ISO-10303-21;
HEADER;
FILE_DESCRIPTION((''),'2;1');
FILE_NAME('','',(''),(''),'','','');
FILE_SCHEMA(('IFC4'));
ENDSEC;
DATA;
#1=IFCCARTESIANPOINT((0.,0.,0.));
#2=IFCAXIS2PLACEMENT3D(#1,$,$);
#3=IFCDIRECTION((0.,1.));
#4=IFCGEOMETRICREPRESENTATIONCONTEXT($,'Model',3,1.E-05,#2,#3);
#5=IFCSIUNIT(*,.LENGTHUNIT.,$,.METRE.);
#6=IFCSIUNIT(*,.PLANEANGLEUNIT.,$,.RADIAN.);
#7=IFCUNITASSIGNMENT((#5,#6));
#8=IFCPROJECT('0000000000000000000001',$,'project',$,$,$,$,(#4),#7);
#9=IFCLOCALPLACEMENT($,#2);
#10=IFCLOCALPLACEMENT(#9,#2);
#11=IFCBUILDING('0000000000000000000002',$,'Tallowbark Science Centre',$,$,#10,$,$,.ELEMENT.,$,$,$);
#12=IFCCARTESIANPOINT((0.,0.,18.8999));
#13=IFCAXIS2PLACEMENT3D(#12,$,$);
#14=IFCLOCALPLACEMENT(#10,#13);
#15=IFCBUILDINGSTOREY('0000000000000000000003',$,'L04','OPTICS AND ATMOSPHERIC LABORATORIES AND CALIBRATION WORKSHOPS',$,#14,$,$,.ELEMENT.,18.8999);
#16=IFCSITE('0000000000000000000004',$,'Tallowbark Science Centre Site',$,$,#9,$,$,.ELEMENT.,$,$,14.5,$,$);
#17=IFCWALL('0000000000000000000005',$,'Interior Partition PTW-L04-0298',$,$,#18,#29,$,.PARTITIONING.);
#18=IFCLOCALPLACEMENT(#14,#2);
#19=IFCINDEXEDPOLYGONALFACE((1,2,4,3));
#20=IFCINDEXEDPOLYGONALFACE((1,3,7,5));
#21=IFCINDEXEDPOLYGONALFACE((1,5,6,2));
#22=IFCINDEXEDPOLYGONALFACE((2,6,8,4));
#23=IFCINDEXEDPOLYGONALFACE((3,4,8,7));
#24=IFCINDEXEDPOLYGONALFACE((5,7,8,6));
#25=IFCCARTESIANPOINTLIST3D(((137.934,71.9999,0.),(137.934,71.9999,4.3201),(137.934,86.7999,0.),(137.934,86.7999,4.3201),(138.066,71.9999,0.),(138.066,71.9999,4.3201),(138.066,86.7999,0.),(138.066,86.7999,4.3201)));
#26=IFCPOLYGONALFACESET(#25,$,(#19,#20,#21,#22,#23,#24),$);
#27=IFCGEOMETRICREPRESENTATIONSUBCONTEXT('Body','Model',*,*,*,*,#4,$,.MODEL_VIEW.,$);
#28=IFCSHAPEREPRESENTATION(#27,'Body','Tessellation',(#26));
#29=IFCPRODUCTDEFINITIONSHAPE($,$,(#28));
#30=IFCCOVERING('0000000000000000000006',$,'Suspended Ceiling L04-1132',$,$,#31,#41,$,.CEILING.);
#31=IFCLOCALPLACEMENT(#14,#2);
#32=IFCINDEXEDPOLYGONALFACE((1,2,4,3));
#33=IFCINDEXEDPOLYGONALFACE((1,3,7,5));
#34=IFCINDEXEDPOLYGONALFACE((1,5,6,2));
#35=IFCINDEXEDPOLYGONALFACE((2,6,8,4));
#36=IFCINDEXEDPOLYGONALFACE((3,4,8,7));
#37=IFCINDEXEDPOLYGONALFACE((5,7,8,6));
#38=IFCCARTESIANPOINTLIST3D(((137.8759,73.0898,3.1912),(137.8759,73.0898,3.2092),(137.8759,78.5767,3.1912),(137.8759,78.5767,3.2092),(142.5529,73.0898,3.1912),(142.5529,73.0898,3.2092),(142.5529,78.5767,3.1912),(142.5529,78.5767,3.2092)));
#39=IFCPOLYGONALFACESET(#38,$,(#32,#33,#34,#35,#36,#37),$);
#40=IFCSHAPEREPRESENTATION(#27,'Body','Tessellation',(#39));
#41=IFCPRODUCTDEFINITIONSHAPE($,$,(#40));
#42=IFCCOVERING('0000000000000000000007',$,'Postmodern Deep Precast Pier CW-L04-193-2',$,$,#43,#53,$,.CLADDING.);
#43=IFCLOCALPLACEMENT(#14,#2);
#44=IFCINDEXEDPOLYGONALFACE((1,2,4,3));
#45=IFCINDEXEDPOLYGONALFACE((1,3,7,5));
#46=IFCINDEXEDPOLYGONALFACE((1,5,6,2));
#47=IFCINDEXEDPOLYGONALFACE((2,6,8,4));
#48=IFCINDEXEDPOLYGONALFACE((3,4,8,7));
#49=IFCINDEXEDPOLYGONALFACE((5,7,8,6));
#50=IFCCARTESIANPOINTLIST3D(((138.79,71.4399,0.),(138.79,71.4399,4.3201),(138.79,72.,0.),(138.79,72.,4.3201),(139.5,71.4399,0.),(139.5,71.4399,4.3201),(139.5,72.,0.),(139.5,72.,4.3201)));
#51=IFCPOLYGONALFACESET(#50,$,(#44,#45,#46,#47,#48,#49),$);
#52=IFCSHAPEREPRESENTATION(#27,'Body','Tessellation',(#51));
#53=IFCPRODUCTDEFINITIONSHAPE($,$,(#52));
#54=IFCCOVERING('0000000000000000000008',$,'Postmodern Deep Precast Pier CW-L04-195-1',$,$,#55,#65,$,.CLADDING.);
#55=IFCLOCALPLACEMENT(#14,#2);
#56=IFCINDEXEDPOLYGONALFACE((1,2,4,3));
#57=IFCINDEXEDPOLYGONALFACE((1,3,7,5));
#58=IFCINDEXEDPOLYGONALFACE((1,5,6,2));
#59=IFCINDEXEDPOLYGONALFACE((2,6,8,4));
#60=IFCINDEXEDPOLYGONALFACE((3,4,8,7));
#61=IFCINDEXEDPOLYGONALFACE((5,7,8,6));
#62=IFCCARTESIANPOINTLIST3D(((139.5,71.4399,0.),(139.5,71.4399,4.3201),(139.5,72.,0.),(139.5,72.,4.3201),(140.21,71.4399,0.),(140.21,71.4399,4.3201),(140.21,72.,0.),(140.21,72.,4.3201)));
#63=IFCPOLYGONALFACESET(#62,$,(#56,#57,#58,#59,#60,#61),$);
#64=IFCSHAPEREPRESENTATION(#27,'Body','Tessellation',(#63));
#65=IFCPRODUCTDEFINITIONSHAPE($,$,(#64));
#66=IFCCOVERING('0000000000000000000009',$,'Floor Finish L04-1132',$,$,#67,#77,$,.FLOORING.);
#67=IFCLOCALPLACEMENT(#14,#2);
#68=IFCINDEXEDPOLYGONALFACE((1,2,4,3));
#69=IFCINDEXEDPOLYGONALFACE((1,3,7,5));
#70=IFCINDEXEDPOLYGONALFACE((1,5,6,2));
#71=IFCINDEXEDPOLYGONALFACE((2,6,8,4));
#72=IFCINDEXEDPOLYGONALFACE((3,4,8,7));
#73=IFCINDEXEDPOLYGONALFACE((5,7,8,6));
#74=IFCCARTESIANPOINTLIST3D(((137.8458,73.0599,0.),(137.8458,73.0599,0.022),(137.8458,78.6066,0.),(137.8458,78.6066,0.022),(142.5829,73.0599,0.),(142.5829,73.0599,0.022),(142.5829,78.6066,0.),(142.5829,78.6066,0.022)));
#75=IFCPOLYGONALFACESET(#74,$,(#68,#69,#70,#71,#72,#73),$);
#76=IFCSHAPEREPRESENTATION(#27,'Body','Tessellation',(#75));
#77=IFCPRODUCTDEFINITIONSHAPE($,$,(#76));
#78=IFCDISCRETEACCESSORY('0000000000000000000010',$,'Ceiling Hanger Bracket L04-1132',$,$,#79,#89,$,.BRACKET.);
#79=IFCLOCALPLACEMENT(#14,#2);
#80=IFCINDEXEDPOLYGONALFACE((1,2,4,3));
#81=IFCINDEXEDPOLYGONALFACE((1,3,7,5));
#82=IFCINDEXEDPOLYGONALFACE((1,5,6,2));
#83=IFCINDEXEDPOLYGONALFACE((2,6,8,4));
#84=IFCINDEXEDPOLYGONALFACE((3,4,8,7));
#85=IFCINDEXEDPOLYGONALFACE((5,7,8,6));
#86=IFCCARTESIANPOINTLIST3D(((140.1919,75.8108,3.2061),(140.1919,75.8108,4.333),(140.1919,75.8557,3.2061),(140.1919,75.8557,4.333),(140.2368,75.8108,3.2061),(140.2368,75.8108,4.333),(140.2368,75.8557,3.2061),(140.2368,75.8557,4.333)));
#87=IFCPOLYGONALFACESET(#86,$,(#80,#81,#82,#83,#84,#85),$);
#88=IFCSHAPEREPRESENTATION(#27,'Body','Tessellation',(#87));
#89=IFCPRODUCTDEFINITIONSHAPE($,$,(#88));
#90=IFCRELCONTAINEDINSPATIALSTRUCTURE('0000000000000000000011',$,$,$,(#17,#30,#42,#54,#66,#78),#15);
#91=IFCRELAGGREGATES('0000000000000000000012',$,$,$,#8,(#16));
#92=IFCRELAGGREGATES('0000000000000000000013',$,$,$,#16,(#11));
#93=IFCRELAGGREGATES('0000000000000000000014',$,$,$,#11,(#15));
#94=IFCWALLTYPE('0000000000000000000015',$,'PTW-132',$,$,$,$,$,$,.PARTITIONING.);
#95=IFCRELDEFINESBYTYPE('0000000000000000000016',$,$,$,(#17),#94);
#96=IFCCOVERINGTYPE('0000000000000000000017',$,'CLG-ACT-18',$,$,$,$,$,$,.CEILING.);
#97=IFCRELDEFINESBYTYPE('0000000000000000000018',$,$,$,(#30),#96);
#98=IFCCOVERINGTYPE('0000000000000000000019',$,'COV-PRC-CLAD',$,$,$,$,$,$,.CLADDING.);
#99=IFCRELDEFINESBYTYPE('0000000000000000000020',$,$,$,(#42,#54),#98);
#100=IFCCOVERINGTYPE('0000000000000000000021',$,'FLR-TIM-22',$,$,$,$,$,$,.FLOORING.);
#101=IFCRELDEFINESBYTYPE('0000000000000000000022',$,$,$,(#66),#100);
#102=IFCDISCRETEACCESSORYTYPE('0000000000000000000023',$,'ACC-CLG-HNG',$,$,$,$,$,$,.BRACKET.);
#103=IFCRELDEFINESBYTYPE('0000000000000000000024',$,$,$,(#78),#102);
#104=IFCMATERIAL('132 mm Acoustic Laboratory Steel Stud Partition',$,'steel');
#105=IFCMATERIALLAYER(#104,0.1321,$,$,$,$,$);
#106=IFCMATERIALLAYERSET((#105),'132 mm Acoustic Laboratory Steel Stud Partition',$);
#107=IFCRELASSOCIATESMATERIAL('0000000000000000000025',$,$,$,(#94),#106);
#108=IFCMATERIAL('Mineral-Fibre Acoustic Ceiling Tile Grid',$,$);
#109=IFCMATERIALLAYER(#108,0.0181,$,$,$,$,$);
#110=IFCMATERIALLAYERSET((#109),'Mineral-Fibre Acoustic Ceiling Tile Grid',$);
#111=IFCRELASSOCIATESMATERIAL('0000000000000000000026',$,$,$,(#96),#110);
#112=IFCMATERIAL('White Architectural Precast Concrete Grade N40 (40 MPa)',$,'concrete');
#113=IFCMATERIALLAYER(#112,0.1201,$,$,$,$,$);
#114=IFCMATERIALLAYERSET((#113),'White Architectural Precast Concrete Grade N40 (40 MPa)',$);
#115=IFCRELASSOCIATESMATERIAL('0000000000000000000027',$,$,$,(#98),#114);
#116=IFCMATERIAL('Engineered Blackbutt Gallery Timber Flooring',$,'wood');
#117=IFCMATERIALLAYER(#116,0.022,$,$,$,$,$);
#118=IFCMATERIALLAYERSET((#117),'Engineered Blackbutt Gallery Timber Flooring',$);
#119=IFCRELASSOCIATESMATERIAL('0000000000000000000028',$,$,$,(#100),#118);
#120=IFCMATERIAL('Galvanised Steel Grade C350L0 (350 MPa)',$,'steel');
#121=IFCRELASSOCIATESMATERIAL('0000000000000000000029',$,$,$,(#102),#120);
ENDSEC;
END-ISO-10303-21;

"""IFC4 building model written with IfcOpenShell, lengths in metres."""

from ifc_helpers import new_model, si_unit, direction, frame, frame_2d, origin, origin_2d, place, context, subcontext, project, spatial, rectangle, extrude, material, layer, layer_set, type_object, element, save


model = new_model("IFC4")

# Units and contexts
model_context = context("Model", 3, precision=1e-05, world=origin(), true_north=direction((0.0, 1.0)))
body_context = subcontext(model_context, "Body", "Model", "MODEL_VIEW")
ifc_project = project(units=[si_unit("LENGTHUNIT", "METRE"), si_unit("PLANEANGLEUNIT", "RADIAN")], contexts=[model_context])

# Site, building, storey
site_placement = place(None, origin())
site = spatial("IfcSite", under=ifc_project, at=site_placement, Name="Tallowbark Science Centre Site", CompositionType="ELEMENT", RefElevation=14.5)
building_placement = place(site_placement, origin())
building = spatial("IfcBuilding", under=site, at=building_placement, Name="Tallowbark Science Centre", CompositionType="ELEMENT")
storey_placement = place(building_placement, frame((0.0, 0.0, 18.8999)))
storey = spatial("IfcBuildingStorey", under=building, at=storey_placement, Name="L04", Description="OPTICS AND ATMOSPHERIC LABORATORIES AND CALIBRATION WORKSHOPS", CompositionType="ELEMENT", Elevation=18.8999)

# Wall
ifc_material_1 = material(Name="132 mm Acoustic Laboratory Steel Stud Partition", Category="steel")
ifc_layer_1 = layer(ifc_material_1, 0.1321)
ifc_layer_set_1 = layer_set([ifc_layer_1], Name="132 mm Acoustic Laboratory Steel Stud Partition")
wall_type = type_object("IfcWallType", Name="PTW-132", PredefinedType="PARTITIONING", material=ifc_layer_set_1)
wall_placement = place(storey_placement, frame((138.0, 72.0, 0.0), z_axis=(0.0, 0.0, 1.0), x_axis=(0.0, 1.0, 0.0)))
element("IfcWall", 1, at=wall_placement, inside=storey, type_object=wall_type, Name="Interior Partition PTW-L04-0298", PredefinedType="PARTITIONING", context=body_context, shape_type="SweptSolid", body=[
    extrude(rectangle(XDim=14.8, YDim=0.1321, at=frame_2d((7.3999, 0.0))), origin(), (0.0, 0.0, 1.0), 4.3201),
])

# Coverings
ifc_material_2 = material(Name="Mineral-Fibre Acoustic Ceiling Tile Grid")
ifc_layer_2 = layer(ifc_material_2, 0.0181)
ifc_layer_set_2 = layer_set([ifc_layer_2], Name="Mineral-Fibre Acoustic Ceiling Tile Grid")
covering_type_1 = type_object("IfcCoveringType", Name="CLG-ACT-18", PredefinedType="CEILING", material=ifc_layer_set_2)
covering_1_placement = place(storey_placement, frame((140.2144, 75.8333, 3.1912), z_axis=(0.0, 0.0, 1.0), x_axis=(1.0, 0.0, 0.0)))
element("IfcCovering", 2, at=covering_1_placement, inside=storey, type_object=covering_type_1, Name="Suspended Ceiling L04-1132", PredefinedType="CEILING", context=body_context, shape_type="SweptSolid", body=[
    extrude(rectangle(XDim=4.677, YDim=5.4868, at=origin_2d()), origin(), (0.0, 0.0, 1.0), 0.0181),
])
ifc_material_3 = material(Name="White Architectural Precast Concrete Grade N40 (40 MPa)", Category="concrete")
ifc_layer_3 = layer(ifc_material_3, 0.1201)
ifc_layer_set_3 = layer_set([ifc_layer_3], Name="White Architectural Precast Concrete Grade N40 (40 MPa)")
covering_type_2 = type_object("IfcCoveringType", Name="COV-PRC-CLAD", PredefinedType="CLADDING", material=ifc_layer_set_3)
for number, where, z_axis, x_axis, name in (
    (3, (139.145, 71.72, 0.0), (0.0, 0.0, 1.0), (1.0, 0.0, 0.0), "Postmodern Deep Precast Pier CW-L04-193-2"),
    (4, (139.855, 71.72, 0.0), (0.0, 0.0, 1.0), (1.0, 0.0, 0.0), "Postmodern Deep Precast Pier CW-L04-195-1"),
):
    element("IfcCovering", number, at=place(storey_placement, frame(where, z_axis=z_axis, x_axis=x_axis)), inside=storey, type_object=covering_type_2, Name=name, PredefinedType="CLADDING", context=body_context, shape_type="SweptSolid", body=[
        extrude(rectangle(XDim=0.71, YDim=0.5601, at=origin_2d()), origin(), (0.0, 0.0, 1.0), 4.3201),
    ])
ifc_material_4 = material(Name="Engineered Blackbutt Gallery Timber Flooring", Category="wood")
ifc_layer_4 = layer(ifc_material_4, 0.022)
ifc_layer_set_4 = layer_set([ifc_layer_4], Name="Engineered Blackbutt Gallery Timber Flooring")
covering_type_3 = type_object("IfcCoveringType", Name="FLR-TIM-22", PredefinedType="FLOORING", material=ifc_layer_set_4)
covering_2_placement = place(storey_placement, frame((140.2144, 75.8333, 0.0), z_axis=(0.0, 0.0, 1.0), x_axis=(1.0, 0.0, 0.0)))
element("IfcCovering", 5, at=covering_2_placement, inside=storey, type_object=covering_type_3, Name="Floor Finish L04-1132", PredefinedType="FLOORING", context=body_context, shape_type="SweptSolid", body=[
    extrude(rectangle(XDim=4.7371, YDim=5.5466, at=origin_2d()), origin(), (0.0, 0.0, 1.0), 0.022),
])

# Discrete accessory
ifc_material_5 = material(Name="Galvanised Steel Grade C350L0 (350 MPa)", Category="steel")
discrete_accessory_type = type_object("IfcDiscreteAccessoryType", Name="ACC-CLG-HNG", PredefinedType="BRACKET", material=ifc_material_5)
discrete_accessory_placement = place(storey_placement, frame((140.2144, 75.8333, 3.2061), z_axis=(0.0, 0.0, 1.0), x_axis=(1.0, 0.0, 0.0)))
element("IfcDiscreteAccessory", 6, at=discrete_accessory_placement, inside=storey, type_object=discrete_accessory_type, Name="Ceiling Hanger Bracket L04-1132", PredefinedType="BRACKET", context=body_context, shape_type="SweptSolid", body=[
    extrude(rectangle(XDim=0.0449, YDim=0.0449, at=origin_2d()), origin(), (0.0, 0.0, 1.0), 1.127),
])

save(model, "model.ifc")
